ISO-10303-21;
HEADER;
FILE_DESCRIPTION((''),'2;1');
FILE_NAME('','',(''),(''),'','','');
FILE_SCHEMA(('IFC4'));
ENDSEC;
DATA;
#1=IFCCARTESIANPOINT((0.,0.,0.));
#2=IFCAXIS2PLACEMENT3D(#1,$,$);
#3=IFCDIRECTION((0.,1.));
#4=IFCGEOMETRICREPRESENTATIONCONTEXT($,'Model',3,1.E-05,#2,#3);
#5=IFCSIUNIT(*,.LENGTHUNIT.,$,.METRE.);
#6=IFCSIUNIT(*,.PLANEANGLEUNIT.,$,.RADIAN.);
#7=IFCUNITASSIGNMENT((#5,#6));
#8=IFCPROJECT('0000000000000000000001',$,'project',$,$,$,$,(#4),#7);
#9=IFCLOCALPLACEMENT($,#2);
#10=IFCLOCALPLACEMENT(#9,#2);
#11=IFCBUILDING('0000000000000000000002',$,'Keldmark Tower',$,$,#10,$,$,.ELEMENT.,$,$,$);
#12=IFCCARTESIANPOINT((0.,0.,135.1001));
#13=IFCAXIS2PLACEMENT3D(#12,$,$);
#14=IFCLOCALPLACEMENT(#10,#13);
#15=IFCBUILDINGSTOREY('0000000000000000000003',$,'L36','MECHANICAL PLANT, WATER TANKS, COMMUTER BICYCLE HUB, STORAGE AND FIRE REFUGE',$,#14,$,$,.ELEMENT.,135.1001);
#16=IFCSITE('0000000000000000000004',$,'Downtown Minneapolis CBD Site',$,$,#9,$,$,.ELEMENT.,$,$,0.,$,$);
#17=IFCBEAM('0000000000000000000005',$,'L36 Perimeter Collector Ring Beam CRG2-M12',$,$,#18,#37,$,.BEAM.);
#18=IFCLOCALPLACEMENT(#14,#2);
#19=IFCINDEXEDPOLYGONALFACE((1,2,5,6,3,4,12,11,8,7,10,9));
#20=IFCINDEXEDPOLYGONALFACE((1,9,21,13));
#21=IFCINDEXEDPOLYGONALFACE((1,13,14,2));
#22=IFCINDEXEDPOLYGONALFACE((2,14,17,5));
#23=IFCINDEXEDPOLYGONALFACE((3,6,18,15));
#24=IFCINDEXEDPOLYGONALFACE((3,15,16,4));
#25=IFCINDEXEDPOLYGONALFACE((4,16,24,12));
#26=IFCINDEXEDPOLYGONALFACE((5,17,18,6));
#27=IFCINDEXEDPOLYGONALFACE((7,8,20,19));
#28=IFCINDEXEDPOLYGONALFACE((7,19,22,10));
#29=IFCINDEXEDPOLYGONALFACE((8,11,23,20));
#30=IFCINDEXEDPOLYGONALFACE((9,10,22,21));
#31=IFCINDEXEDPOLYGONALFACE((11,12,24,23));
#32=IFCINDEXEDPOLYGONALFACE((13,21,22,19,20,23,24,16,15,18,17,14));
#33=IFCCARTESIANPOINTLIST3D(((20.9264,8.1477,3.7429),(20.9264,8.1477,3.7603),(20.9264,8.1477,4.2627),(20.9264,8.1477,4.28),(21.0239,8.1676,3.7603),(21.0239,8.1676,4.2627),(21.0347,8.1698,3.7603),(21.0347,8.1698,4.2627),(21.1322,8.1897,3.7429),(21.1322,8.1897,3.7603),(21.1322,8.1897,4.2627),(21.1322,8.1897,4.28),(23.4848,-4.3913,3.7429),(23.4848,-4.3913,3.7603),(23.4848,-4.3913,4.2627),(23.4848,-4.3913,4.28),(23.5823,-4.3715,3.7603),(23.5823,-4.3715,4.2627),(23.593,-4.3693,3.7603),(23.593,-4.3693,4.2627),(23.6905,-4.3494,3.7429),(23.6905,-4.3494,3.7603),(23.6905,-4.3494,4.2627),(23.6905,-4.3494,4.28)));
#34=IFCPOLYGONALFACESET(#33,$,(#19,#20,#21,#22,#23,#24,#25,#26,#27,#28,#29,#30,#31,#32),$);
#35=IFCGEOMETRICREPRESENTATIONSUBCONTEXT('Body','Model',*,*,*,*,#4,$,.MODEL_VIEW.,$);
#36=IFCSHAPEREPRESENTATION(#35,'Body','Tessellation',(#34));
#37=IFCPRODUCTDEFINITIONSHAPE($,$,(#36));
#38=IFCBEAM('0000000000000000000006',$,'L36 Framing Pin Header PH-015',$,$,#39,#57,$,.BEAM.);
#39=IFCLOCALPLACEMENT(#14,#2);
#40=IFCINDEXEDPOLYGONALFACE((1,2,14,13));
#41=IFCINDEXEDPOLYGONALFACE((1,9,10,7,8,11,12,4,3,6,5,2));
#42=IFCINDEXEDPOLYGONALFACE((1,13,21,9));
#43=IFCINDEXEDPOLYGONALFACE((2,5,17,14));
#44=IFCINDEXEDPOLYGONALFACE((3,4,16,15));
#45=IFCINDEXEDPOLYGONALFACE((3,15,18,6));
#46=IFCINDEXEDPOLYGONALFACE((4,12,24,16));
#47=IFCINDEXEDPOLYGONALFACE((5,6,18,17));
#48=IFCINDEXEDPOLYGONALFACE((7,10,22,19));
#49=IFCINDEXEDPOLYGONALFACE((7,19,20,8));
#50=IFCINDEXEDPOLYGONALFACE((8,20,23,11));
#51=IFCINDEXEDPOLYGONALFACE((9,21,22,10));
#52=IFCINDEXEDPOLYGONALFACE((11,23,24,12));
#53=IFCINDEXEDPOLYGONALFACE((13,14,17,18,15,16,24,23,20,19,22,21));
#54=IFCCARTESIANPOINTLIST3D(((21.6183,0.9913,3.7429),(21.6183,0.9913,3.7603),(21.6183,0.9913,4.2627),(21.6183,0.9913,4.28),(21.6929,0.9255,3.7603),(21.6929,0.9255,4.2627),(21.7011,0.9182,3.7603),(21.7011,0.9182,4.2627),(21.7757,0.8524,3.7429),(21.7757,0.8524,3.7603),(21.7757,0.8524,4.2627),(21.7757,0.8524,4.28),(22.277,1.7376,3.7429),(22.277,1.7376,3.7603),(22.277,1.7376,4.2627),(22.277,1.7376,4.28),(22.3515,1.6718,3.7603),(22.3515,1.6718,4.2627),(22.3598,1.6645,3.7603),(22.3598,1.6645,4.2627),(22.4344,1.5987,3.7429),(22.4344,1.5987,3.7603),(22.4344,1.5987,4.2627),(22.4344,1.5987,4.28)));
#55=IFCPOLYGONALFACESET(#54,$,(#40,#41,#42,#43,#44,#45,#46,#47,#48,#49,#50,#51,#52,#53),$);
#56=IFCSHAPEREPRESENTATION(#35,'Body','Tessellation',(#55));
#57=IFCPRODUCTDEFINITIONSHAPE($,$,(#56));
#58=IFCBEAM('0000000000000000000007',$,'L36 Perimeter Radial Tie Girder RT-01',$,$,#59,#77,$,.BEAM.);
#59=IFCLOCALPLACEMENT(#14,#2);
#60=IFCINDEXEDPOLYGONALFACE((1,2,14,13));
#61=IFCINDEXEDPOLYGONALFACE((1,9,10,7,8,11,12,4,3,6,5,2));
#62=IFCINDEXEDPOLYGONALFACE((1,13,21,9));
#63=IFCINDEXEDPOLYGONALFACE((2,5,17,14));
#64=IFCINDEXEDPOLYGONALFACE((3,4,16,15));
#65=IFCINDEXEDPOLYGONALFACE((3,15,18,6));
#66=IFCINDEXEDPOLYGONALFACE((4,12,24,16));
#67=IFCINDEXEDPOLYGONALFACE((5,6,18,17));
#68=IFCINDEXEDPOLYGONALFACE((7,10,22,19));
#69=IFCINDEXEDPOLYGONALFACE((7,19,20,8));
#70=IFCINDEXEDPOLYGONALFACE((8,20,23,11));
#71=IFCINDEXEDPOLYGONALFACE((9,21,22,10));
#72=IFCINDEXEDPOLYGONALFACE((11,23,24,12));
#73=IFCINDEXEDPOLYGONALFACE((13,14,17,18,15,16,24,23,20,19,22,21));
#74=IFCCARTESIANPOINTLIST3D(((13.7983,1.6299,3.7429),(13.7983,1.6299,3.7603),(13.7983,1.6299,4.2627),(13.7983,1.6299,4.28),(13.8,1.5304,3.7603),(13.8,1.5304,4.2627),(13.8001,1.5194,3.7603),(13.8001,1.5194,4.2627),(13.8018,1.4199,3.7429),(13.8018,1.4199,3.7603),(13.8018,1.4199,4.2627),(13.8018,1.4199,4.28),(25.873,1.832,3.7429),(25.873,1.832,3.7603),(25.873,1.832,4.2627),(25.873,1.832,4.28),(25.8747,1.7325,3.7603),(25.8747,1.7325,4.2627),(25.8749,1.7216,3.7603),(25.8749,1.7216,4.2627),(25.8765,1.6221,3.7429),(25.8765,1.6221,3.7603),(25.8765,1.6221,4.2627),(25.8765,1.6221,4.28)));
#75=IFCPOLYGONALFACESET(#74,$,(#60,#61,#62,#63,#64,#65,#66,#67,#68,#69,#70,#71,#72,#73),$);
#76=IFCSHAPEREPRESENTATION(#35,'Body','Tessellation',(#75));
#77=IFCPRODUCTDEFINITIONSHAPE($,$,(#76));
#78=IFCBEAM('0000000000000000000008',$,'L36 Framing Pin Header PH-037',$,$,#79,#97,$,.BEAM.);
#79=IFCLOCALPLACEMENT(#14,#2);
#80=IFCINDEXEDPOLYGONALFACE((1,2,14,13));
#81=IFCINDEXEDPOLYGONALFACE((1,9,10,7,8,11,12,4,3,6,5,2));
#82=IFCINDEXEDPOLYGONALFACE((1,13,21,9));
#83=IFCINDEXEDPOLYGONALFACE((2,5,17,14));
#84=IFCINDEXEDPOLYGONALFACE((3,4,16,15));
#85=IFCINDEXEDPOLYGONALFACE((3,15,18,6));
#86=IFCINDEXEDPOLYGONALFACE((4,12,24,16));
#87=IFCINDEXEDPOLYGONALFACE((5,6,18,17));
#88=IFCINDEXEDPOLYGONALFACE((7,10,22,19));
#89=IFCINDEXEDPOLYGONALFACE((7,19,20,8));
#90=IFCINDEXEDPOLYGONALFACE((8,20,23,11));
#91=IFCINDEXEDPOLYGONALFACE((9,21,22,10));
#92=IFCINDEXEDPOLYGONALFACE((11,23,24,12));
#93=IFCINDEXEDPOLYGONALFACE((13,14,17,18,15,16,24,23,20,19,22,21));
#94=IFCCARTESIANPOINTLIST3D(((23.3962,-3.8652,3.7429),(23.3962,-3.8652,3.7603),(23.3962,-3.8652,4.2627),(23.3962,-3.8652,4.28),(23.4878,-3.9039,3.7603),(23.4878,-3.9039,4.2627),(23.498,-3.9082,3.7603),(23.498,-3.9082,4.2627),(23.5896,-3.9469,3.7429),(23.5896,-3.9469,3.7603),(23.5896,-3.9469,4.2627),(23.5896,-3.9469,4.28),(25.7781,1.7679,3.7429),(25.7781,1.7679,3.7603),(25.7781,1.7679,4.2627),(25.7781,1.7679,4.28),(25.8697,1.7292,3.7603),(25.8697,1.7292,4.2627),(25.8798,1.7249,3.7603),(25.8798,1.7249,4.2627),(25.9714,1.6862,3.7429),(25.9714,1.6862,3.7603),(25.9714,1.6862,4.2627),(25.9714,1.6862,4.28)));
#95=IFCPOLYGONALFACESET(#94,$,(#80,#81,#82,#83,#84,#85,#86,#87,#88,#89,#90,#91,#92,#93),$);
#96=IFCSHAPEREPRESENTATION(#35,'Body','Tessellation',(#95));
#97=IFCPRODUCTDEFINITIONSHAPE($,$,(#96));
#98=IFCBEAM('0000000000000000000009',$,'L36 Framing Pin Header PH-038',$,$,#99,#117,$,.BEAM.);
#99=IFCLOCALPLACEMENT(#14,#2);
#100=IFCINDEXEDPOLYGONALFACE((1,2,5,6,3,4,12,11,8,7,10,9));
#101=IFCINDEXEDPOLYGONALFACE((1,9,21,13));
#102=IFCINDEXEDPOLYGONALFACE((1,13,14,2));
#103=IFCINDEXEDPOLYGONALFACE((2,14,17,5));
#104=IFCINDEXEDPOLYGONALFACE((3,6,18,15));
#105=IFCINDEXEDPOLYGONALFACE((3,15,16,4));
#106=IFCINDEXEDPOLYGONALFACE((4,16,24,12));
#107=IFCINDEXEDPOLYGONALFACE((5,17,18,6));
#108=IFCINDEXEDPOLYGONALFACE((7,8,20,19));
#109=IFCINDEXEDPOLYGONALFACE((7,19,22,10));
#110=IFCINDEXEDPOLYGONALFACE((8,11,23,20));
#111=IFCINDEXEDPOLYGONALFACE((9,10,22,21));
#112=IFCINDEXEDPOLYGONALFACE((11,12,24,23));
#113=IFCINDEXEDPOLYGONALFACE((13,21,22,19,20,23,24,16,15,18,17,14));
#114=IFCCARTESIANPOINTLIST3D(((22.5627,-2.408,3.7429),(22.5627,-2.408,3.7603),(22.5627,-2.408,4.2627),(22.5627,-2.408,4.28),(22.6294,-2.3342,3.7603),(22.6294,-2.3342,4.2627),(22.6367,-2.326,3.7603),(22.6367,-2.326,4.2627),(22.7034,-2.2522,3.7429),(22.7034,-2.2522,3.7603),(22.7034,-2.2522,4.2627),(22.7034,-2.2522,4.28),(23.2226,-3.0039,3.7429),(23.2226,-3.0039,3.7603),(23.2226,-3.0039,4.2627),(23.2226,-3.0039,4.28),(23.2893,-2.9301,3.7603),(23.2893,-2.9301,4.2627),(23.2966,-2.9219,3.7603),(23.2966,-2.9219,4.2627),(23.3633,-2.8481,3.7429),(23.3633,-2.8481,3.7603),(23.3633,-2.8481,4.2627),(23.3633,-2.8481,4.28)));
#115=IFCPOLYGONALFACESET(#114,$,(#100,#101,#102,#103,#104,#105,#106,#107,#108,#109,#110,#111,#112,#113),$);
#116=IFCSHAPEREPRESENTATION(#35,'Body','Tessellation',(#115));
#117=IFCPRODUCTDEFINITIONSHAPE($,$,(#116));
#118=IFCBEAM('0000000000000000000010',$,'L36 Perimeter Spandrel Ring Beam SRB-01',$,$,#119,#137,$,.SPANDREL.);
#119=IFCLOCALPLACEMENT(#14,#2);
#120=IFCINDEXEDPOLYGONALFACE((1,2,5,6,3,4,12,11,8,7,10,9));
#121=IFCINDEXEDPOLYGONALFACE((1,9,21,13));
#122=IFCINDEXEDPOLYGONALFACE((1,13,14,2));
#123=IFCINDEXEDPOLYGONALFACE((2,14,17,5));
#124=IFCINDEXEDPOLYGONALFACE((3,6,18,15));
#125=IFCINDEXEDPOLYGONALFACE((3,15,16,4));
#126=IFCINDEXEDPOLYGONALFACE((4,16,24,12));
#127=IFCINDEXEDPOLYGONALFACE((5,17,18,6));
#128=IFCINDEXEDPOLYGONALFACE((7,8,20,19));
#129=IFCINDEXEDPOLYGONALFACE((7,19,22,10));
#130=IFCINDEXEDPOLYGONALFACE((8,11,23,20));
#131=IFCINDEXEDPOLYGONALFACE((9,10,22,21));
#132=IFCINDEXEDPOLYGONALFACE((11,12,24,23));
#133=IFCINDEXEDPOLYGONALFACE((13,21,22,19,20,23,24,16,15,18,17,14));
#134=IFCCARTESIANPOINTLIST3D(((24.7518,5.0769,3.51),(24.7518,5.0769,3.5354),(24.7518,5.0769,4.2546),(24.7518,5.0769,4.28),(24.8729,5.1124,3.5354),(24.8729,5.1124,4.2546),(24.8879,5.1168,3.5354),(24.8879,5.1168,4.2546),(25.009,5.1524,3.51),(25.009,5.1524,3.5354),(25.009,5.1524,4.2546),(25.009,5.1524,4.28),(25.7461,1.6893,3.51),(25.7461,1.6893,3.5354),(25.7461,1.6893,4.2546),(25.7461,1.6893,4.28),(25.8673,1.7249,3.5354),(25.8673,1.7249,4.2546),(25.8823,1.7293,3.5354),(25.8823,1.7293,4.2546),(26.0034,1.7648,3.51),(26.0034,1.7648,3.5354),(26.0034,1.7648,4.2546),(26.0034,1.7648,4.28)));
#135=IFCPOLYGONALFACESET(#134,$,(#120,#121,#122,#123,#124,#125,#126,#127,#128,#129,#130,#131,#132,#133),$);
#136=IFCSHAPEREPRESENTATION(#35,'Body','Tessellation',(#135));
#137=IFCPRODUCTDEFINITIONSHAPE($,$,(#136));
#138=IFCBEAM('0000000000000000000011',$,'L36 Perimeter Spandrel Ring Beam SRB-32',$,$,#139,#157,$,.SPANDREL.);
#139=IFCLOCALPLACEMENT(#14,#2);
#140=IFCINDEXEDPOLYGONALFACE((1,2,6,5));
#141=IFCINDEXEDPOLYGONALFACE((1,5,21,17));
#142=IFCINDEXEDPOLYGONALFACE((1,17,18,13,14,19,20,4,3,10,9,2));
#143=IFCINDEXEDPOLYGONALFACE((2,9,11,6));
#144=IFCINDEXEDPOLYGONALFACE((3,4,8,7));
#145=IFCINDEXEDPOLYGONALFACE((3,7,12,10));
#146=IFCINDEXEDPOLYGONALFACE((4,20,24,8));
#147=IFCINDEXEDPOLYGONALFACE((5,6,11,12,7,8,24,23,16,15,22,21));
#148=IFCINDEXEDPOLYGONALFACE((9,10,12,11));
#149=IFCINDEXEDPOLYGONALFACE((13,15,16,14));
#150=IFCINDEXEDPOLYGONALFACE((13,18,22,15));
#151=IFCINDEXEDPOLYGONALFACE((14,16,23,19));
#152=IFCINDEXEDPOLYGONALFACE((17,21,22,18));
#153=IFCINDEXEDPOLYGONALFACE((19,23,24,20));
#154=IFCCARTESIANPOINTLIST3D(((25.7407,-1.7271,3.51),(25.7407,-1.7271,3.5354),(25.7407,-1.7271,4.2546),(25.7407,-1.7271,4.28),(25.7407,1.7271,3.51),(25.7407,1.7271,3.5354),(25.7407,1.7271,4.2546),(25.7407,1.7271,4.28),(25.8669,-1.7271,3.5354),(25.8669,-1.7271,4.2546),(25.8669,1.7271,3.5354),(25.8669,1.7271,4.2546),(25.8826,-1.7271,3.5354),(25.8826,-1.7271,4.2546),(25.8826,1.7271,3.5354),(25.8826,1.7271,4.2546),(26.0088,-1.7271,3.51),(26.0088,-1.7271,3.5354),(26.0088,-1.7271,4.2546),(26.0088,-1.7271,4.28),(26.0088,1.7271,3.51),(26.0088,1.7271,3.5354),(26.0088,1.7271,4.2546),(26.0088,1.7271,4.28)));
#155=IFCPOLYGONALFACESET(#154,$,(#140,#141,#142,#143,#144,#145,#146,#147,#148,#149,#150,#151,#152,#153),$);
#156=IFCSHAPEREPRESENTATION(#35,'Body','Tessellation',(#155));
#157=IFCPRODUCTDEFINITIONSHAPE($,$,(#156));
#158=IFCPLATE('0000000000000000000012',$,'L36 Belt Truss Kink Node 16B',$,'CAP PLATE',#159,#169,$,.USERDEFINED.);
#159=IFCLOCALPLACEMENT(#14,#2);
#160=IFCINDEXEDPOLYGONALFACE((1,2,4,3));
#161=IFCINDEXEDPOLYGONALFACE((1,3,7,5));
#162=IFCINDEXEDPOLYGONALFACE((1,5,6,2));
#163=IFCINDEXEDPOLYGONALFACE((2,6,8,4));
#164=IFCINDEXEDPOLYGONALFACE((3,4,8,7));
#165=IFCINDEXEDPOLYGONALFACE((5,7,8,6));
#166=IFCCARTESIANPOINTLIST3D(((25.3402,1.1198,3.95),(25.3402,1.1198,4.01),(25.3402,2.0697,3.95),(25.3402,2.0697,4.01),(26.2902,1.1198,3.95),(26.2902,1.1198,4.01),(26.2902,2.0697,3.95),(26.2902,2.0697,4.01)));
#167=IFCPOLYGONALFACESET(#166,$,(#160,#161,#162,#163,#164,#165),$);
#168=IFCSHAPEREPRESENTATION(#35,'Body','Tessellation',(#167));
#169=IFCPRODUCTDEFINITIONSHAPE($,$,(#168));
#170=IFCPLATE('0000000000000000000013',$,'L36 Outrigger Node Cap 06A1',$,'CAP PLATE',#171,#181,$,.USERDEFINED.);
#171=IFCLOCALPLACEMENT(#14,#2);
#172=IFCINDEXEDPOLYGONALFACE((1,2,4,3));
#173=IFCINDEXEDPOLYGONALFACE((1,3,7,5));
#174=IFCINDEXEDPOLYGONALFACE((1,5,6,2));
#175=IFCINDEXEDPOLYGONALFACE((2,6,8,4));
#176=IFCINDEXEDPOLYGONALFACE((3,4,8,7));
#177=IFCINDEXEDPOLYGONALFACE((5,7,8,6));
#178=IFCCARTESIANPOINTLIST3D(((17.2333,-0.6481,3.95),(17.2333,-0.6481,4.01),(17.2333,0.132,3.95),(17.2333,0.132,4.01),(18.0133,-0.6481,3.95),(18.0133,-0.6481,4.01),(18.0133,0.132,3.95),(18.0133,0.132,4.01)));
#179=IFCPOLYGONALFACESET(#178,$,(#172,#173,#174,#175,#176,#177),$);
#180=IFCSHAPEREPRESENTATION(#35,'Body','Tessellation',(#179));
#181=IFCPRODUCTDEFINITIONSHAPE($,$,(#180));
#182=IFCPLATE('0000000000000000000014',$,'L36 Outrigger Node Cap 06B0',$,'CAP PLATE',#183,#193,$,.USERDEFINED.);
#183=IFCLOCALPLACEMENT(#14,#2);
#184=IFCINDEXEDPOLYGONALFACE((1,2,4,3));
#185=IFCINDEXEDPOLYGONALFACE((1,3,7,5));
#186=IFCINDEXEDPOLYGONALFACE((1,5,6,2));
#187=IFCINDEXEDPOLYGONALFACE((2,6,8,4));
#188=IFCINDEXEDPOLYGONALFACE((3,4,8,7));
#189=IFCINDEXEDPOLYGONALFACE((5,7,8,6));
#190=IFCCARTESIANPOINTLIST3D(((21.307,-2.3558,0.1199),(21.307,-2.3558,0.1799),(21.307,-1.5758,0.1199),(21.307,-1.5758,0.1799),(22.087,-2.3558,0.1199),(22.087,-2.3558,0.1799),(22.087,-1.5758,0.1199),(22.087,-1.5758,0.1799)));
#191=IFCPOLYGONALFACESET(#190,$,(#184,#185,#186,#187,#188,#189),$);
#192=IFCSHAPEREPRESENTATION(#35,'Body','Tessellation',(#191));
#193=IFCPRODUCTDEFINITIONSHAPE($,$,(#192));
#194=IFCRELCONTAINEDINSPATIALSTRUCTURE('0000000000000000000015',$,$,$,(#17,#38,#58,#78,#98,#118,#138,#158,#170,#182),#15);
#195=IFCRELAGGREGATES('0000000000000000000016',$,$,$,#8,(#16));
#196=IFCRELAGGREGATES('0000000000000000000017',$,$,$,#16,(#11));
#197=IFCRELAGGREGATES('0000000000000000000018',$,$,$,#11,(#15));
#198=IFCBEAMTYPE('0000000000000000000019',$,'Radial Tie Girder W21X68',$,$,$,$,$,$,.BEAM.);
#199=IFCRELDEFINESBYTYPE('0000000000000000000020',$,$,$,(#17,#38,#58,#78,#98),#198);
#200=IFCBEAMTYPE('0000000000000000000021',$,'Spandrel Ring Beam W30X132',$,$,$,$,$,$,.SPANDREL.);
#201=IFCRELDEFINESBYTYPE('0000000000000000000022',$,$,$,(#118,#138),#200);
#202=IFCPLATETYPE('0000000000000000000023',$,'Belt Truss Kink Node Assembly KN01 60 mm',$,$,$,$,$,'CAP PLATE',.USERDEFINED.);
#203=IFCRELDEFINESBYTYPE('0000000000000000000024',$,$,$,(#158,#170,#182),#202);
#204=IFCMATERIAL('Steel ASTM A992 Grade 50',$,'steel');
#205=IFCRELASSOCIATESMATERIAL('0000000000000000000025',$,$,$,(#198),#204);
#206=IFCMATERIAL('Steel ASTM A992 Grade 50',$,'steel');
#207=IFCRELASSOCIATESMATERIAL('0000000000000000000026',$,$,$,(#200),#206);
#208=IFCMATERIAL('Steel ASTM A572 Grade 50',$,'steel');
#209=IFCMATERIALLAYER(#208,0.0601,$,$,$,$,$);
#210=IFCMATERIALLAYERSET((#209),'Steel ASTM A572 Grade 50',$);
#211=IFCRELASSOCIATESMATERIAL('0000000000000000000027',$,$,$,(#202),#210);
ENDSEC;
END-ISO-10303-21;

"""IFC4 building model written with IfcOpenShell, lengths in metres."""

from ifc_helpers import new_model, si_unit, direction, frame, origin, origin_2d, place, context, subcontext, project, spatial, rectangle, i_section, extrude, material, layer, layer_set, material_profile, profile_set, type_object, element, save


model = new_model("IFC4")

# Units and contexts
model_context = context("Model", 3, precision=1e-05, world=origin(), true_north=direction((0.0, 1.0)))
body_context = subcontext(model_context, "Body", "Model", "MODEL_VIEW")
ifc_project = project(units=[si_unit("LENGTHUNIT", "METRE"), si_unit("PLANEANGLEUNIT", "RADIAN")], contexts=[model_context])

# Site, building, storey
site_placement = place(None, origin())
site = spatial("IfcSite", under=ifc_project, at=site_placement, Name="Downtown Minneapolis CBD Site", CompositionType="ELEMENT", RefElevation=0.0)
building_placement = place(site_placement, origin())
building = spatial("IfcBuilding", under=site, at=building_placement, Name="Keldmark Tower", CompositionType="ELEMENT")
storey_placement = place(building_placement, frame((0.0, 0.0, 135.1001)))
storey = spatial("IfcBuildingStorey", under=building, at=storey_placement, Name="L36", Description="MECHANICAL PLANT, WATER TANKS, COMMUTER BICYCLE HUB, STORAGE AND FIRE REFUGE", CompositionType="ELEMENT", Elevation=135.1001)

# Beams
ifc_material_1 = material(Name="Steel ASTM A992 Grade 50", Category="steel")
ifc_material_profile_1 = material_profile(ifc_material_1, i_section(OverallWidth=0.21, OverallDepth=0.5371, WebThickness=0.011, FlangeThickness=0.0173, at=origin_2d()), Name="W21X68")
ifc_profile_set_1 = profile_set([ifc_material_profile_1], Name="Steel ASTM A992 Grade 50")
beam_type_1 = type_object("IfcBeamType", Name="Radial Tie Girder W21X68", PredefinedType="BEAM", material=ifc_profile_set_1)
beam_1_placement = place(storey_placement, frame((23.5876, -4.3704, 4.0115), z_axis=(-0.199912, 0.979814, 0.0), x_axis=(-0.979814, -0.199912, 0.0)))
element("IfcBeam", 1, at=beam_1_placement, inside=storey, type_object=beam_type_1, Name="L36 Perimeter Collector Ring Beam CRG2-M12", PredefinedType="BEAM", context=body_context, shape_type="SweptSolid", body=[
    extrude(i_section(OverallWidth=0.21, OverallDepth=0.5371, WebThickness=0.011, FlangeThickness=0.0173, at=origin_2d()), origin(), (0.0, 0.0, 1.0), 12.7974),
])
beam_2_placement = place(storey_placement, frame((21.697, 0.9219, 4.0115), z_axis=(0.661711, 0.749759, 0.0), x_axis=(-0.749759, 0.661711, 0.0)))
element("IfcBeam", 2, at=beam_2_placement, inside=storey, type_object=beam_type_1, Name="L36 Framing Pin Header PH-015", PredefinedType="BEAM", context=body_context, shape_type="SweptSolid", body=[
    extrude(i_section(OverallWidth=0.21, OverallDepth=0.5371, WebThickness=0.011, FlangeThickness=0.0173, at=origin_2d()), origin(), (0.0, 0.0, 1.0), 0.9954),
])
beam_3_placement = place(storey_placement, frame((13.8, 1.5249, 4.0115), z_axis=(0.99986, 0.016739, 0.0), x_axis=(-0.016739, 0.99986, 0.0)))
element("IfcBeam", 3, at=beam_3_placement, inside=storey, type_object=beam_type_1, Name="L36 Perimeter Radial Tie Girder RT-01", PredefinedType="BEAM", context=body_context, shape_type="SweptSolid", body=[
    extrude(i_section(OverallWidth=0.21, OverallDepth=0.5371, WebThickness=0.011, FlangeThickness=0.0173, at=origin_2d()), origin(), (0.0, 0.0, 1.0), 12.0764),
])
beam_4_placement = place(storey_placement, frame((25.8748, 1.7271, 4.0115), z_axis=(-0.389449, -0.921048, 0.0), x_axis=(0.921048, -0.389449, 0.0)))
element("IfcBeam", 4, at=beam_4_placement, inside=storey, type_object=beam_type_1, Name="L36 Framing Pin Header PH-037", PredefinedType="BEAM", context=body_context, shape_type="SweptSolid", body=[
    extrude(i_section(OverallWidth=0.21, OverallDepth=0.5371, WebThickness=0.011, FlangeThickness=0.0173, at=origin_2d()), origin(), (0.0, 0.0, 1.0), 6.116),
])
beam_5_placement = place(storey_placement, frame((22.6331, -2.3301, 4.0115), z_axis=(0.74216, -0.670223, 0.0), x_axis=(0.670223, 0.74216, 0.0)))
element("IfcBeam", 5, at=beam_5_placement, inside=storey, type_object=beam_type_1, Name="L36 Framing Pin Header PH-038", PredefinedType="BEAM", context=body_context, shape_type="SweptSolid", body=[
    extrude(i_section(OverallWidth=0.21, OverallDepth=0.5371, WebThickness=0.011, FlangeThickness=0.0173, at=origin_2d()), origin(), (0.0, 0.0, 1.0), 0.8892),
])
ifc_material_2 = material(Name="Steel ASTM A992 Grade 50", Category="steel")
ifc_material_profile_2 = material_profile(ifc_material_2, i_section(OverallWidth=0.2681, OverallDepth=0.77, WebThickness=0.0156, FlangeThickness=0.0254, at=origin_2d()), Name="W30X132")
ifc_profile_set_2 = profile_set([ifc_material_profile_2], Name="Steel ASTM A992 Grade 50")
beam_type_2 = type_object("IfcBeamType", Name="Spandrel Ring Beam W30X132", PredefinedType="SPANDREL", material=ifc_profile_set_2)
beam_6_placement = place(storey_placement, frame((25.8748, 1.7271, 3.895), z_axis=(-0.281646, 0.959518, 0.0), x_axis=(-0.959518, -0.281646, 0.0)))
element("IfcBeam", 6, at=beam_6_placement, inside=storey, type_object=beam_type_2, Name="L36 Perimeter Spandrel Ring Beam SRB-01", PredefinedType="SPANDREL", context=body_context, shape_type="SweptSolid", body=[
    extrude(i_section(OverallWidth=0.2681, OverallDepth=0.77, WebThickness=0.0156, FlangeThickness=0.0254, at=origin_2d()), origin(), (0.0, 0.0, 1.0), 3.5305),
])
beam_7_placement = place(storey_placement, frame((25.8748, -1.7271, 3.895), z_axis=(0.0, 1.0, 0.0), x_axis=(-1.0, 0.0, 0.0)))
element("IfcBeam", 7, at=beam_7_placement, inside=storey, type_object=beam_type_2, Name="L36 Perimeter Spandrel Ring Beam SRB-32", PredefinedType="SPANDREL", context=body_context, shape_type="SweptSolid", body=[
    extrude(i_section(OverallWidth=0.2681, OverallDepth=0.77, WebThickness=0.0156, FlangeThickness=0.0254, at=origin_2d()), origin(), (0.0, 0.0, 1.0), 3.4541),
])

# Plates
ifc_material_3 = material(Name="Steel ASTM A572 Grade 50", Category="steel")
ifc_layer_1 = layer(ifc_material_3, 0.0601)
ifc_layer_set_1 = layer_set([ifc_layer_1], Name="Steel ASTM A572 Grade 50")
plate_type_1 = type_object("IfcPlateType", Name="Belt Truss Kink Node Assembly KN01 60 mm", ElementType="CAP PLATE", PredefinedType="USERDEFINED", material=ifc_layer_set_1)
plate_1_placement = place(storey_placement, frame((25.8152, 1.5947, 3.95), z_axis=(0.0, 0.0, 1.0), x_axis=(1.0, 0.0, 0.0)))
element("IfcPlate", 8, at=plate_1_placement, inside=storey, type_object=plate_type_1, Name="L36 Belt Truss Kink Node 16B", ObjectType="CAP PLATE", PredefinedType="USERDEFINED", context=body_context, shape_type="SweptSolid", body=[
    extrude(rectangle(XDim=0.95, YDim=0.95, at=origin_2d()), origin(), (0.0, 0.0, 1.0), 0.0601),
])
for number, where, z_axis, x_axis, name in (
    (9, (17.6233, -0.2581, 3.95), (0.0, 0.0, 1.0), (1.0, 0.0, 0.0), "L36 Outrigger Node Cap 06A1"),
    (10, (21.697, -1.9658, 0.1199), (0.0, 0.0, 1.0), (1.0, 0.0, 0.0), "L36 Outrigger Node Cap 06B0"),
):
    element("IfcPlate", number, at=place(storey_placement, frame(where, z_axis=z_axis, x_axis=x_axis)), inside=storey, type_object=plate_type_1, Name=name, ObjectType="CAP PLATE", PredefinedType="USERDEFINED", context=body_context, shape_type="SweptSolid", body=[
        extrude(rectangle(XDim=0.78, YDim=0.78, at=origin_2d()), origin(), (0.0, 0.0, 1.0), 0.0601),
    ])

save(model, "model.ifc")
